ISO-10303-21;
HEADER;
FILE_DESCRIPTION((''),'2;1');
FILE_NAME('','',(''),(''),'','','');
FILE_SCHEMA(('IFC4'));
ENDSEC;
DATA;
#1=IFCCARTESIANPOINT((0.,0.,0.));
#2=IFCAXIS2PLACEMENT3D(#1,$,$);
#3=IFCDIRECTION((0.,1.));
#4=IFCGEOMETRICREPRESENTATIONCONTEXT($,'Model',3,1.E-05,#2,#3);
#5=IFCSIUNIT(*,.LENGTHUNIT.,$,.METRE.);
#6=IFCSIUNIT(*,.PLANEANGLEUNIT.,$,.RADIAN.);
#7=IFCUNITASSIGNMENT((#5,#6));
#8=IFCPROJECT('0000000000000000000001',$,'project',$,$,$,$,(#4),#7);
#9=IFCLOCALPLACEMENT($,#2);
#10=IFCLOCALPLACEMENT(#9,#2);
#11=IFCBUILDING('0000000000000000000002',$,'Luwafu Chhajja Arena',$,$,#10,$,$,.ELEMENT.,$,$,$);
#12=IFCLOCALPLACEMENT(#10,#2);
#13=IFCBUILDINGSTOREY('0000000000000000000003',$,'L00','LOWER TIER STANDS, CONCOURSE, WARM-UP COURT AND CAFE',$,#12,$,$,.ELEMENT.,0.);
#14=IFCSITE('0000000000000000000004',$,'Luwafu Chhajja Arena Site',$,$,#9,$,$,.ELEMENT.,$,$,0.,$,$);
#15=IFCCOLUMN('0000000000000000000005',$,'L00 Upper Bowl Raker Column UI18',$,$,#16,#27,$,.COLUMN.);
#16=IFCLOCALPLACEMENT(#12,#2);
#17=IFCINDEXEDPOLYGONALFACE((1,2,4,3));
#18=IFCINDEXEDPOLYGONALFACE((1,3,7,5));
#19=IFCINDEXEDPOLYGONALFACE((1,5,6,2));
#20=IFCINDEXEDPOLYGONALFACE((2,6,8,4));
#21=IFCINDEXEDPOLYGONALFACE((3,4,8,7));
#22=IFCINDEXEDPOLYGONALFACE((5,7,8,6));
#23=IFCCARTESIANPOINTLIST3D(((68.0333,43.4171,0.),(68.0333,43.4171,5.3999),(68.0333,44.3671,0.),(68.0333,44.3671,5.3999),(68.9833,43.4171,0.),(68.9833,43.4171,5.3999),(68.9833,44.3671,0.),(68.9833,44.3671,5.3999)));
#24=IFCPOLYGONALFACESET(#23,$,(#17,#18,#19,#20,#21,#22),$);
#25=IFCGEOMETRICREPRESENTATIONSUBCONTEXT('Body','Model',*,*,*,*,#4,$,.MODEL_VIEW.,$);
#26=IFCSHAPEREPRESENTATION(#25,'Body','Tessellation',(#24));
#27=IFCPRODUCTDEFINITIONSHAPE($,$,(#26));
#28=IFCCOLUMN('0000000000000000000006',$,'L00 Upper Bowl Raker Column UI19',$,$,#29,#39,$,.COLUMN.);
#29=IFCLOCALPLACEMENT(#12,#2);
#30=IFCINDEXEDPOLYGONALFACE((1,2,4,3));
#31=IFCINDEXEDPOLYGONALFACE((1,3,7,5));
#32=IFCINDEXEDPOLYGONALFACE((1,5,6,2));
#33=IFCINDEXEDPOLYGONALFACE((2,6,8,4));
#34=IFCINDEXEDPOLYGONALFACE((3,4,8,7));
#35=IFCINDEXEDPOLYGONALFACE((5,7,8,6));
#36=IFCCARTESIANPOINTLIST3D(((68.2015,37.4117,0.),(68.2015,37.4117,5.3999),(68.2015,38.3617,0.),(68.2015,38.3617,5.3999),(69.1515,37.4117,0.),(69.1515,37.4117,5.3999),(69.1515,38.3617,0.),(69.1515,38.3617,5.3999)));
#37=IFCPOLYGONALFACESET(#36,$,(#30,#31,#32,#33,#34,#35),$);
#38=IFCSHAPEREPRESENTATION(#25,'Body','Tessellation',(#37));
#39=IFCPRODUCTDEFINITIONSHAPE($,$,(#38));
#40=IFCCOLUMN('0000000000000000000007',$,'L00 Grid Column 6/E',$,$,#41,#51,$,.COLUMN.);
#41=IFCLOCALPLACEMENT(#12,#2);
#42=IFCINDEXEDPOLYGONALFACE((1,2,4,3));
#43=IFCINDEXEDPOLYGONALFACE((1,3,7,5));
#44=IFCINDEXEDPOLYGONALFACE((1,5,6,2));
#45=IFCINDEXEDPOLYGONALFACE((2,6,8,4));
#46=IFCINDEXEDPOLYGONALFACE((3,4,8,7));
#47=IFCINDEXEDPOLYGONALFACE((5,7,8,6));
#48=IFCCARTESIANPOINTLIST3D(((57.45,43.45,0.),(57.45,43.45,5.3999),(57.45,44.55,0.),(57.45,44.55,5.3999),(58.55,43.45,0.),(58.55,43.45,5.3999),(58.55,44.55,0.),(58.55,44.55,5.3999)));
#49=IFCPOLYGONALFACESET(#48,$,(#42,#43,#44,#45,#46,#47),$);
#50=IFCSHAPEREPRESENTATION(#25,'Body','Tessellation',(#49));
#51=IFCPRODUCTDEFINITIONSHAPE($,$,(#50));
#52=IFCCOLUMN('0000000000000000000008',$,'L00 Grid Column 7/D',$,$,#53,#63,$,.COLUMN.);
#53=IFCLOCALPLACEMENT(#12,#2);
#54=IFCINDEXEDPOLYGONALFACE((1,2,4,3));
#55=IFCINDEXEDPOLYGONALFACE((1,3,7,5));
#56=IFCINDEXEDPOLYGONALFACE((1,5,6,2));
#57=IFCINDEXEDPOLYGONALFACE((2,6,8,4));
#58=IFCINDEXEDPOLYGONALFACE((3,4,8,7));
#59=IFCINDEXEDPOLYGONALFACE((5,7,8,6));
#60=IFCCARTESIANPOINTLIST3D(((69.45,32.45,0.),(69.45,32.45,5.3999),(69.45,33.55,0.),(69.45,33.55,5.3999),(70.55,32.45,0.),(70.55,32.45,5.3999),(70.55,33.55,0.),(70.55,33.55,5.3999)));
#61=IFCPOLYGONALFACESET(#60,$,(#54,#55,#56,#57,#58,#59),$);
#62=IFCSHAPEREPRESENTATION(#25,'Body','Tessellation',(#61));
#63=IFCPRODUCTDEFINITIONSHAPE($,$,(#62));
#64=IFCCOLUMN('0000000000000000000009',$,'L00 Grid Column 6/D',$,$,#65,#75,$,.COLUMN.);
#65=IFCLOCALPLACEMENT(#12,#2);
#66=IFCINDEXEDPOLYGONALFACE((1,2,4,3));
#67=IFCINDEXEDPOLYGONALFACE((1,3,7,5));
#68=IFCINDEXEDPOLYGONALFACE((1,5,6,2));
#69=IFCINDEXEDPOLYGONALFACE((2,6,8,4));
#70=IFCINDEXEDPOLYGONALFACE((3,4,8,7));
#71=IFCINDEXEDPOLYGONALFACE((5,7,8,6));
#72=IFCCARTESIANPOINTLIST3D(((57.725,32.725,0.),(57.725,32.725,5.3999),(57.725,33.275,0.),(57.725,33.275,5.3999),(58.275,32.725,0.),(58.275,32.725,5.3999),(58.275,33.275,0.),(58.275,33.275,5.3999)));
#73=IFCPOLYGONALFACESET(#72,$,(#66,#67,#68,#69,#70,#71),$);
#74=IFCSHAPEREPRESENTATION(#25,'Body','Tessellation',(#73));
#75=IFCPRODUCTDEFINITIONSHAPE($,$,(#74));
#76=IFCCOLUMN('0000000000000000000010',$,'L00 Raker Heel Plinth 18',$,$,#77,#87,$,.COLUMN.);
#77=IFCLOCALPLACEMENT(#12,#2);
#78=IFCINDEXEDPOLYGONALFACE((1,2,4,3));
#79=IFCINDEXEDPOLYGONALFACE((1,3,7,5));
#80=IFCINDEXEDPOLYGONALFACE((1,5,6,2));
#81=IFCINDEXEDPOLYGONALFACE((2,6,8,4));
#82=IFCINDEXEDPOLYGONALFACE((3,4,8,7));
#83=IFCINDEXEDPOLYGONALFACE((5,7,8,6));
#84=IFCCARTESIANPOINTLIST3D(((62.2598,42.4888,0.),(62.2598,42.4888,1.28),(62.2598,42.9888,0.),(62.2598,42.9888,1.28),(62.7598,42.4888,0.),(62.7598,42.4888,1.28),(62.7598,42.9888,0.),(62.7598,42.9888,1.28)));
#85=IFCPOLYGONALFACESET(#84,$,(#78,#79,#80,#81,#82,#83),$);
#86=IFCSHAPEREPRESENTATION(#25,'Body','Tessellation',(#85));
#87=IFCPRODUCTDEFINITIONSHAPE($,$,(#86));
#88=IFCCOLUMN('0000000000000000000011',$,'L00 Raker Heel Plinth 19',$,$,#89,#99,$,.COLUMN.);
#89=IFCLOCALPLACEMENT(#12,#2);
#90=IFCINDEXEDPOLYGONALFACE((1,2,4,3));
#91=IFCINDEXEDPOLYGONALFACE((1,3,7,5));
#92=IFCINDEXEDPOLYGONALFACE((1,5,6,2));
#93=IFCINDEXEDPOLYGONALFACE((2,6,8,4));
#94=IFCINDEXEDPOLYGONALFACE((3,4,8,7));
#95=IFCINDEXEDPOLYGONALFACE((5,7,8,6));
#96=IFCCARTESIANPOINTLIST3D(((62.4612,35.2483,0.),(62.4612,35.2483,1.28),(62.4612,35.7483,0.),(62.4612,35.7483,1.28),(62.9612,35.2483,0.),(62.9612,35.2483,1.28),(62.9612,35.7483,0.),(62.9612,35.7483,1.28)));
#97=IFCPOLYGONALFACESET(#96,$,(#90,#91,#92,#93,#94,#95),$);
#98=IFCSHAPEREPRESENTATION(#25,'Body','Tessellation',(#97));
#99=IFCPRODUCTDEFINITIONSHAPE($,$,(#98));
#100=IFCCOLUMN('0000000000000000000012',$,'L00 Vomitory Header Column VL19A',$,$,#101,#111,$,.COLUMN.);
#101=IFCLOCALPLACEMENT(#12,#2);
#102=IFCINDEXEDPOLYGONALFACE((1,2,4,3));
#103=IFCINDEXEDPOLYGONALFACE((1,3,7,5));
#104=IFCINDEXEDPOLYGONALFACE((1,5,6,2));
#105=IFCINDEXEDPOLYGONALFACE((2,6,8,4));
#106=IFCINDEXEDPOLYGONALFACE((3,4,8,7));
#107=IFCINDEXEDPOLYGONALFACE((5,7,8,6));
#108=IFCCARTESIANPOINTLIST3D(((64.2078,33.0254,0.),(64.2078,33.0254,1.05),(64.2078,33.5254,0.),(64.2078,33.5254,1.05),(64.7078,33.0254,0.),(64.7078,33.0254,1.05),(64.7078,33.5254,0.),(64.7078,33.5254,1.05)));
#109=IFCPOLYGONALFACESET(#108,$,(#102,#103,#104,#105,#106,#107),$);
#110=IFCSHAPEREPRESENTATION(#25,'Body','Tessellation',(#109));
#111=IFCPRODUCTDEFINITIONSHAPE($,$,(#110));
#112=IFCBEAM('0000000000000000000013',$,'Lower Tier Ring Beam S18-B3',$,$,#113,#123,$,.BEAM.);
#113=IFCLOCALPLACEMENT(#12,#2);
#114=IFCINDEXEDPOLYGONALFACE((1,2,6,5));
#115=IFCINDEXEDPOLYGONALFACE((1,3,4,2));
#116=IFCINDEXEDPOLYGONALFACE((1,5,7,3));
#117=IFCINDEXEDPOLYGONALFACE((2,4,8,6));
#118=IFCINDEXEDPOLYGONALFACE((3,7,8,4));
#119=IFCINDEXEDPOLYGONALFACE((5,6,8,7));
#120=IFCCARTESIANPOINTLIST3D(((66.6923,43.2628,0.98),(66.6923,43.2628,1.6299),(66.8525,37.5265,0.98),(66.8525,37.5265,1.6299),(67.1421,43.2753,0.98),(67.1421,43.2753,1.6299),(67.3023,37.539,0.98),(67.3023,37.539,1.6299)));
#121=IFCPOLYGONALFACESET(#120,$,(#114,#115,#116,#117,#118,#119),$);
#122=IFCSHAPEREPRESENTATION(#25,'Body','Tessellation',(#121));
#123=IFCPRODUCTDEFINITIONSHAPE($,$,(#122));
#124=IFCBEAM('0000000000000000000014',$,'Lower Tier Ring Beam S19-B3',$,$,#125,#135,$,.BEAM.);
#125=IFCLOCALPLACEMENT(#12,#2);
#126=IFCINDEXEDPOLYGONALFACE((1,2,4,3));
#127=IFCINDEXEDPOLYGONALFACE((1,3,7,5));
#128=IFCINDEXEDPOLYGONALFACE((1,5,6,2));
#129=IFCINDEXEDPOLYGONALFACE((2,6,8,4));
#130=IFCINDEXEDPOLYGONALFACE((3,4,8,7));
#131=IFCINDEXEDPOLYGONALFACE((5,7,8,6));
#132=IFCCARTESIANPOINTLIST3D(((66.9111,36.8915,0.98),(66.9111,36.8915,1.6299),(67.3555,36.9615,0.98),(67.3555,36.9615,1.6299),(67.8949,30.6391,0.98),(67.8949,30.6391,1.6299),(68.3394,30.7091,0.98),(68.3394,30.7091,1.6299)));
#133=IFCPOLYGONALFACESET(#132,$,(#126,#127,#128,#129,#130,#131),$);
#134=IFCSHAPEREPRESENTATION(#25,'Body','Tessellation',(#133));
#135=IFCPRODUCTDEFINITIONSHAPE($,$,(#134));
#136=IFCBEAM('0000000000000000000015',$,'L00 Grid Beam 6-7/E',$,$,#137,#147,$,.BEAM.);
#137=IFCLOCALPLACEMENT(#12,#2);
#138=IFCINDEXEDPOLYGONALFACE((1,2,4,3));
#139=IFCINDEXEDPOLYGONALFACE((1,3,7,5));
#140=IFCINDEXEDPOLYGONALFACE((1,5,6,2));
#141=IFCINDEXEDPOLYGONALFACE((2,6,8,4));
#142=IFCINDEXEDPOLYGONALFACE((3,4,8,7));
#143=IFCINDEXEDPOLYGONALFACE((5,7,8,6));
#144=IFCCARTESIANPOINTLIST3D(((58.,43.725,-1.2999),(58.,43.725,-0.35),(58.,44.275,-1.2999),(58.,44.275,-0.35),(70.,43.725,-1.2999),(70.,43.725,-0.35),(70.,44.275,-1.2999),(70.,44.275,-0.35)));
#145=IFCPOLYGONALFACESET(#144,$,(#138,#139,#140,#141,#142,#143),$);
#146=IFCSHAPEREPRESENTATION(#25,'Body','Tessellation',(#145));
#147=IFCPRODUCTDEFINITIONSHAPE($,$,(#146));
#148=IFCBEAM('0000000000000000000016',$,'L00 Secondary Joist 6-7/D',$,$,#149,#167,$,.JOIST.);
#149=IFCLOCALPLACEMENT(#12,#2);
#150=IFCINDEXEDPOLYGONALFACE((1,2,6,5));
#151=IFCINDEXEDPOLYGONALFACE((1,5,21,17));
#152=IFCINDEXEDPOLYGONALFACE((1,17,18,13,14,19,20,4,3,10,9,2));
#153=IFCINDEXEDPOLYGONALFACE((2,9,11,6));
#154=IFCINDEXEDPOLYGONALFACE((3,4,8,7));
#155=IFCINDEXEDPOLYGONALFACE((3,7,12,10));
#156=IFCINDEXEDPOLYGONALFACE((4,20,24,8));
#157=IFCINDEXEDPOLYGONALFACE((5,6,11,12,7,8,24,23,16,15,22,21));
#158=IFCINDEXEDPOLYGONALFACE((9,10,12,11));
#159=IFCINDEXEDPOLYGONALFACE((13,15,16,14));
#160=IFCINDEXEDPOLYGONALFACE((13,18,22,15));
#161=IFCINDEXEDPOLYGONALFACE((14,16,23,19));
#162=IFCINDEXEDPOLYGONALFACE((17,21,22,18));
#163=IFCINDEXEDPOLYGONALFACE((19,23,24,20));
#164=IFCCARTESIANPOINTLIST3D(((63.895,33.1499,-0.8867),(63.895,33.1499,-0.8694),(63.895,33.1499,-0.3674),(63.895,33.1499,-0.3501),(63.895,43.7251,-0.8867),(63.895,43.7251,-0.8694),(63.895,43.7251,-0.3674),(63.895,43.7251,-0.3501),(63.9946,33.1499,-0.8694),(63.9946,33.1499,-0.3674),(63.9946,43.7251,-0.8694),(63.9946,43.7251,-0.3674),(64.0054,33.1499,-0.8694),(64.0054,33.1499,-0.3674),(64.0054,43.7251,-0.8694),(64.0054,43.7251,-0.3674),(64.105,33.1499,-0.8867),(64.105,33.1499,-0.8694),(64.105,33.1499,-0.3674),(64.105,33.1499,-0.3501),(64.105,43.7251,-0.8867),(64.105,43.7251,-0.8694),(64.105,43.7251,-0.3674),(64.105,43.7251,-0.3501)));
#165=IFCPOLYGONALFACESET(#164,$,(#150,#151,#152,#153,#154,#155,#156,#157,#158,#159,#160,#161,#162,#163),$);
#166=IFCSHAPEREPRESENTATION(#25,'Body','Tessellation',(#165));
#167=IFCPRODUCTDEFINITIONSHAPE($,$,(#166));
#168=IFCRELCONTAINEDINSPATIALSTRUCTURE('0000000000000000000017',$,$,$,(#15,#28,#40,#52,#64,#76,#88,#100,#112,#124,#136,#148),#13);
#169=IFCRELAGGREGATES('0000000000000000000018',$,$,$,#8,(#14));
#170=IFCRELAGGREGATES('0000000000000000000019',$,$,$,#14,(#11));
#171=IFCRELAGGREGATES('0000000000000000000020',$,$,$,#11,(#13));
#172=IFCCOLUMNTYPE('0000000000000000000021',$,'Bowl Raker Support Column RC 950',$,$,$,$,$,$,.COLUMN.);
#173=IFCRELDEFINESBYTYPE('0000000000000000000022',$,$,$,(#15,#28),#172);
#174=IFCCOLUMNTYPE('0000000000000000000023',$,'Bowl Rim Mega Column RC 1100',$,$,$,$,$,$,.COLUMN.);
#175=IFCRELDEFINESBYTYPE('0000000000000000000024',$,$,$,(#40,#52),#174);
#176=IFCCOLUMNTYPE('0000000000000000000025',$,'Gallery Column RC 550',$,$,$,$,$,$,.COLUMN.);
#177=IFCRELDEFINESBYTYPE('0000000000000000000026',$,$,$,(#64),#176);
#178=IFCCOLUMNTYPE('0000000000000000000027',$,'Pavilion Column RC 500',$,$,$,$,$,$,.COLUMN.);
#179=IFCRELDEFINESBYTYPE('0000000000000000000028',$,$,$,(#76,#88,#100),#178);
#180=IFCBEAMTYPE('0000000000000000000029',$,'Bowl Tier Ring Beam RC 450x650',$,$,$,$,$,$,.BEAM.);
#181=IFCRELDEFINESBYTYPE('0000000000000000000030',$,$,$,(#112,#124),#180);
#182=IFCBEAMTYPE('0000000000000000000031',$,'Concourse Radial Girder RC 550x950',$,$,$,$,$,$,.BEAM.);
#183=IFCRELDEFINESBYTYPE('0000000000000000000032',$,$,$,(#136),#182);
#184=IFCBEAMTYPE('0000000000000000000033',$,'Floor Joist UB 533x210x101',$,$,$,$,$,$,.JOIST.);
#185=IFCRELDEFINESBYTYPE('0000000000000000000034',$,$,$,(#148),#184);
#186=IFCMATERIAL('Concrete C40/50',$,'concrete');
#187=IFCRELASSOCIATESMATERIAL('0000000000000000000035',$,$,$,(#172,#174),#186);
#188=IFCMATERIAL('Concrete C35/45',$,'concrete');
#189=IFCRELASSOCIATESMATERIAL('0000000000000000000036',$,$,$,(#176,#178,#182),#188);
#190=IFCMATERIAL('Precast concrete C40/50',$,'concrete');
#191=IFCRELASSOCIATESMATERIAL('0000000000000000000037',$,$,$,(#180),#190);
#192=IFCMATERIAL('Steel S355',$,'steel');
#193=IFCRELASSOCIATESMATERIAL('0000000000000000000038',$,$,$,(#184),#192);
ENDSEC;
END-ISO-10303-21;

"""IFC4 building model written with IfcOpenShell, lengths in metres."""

from ifc_helpers import new_model, si_unit, direction, frame, origin, origin_2d, place, context, subcontext, project, spatial, rectangle, i_section, extrude, material, material_profile, profile_set, type_object, element, save


model = new_model("IFC4")

# Units and contexts
model_context = context("Model", 3, precision=1e-05, world=origin(), true_north=direction((0.0, 1.0)))
body_context = subcontext(model_context, "Body", "Model", "MODEL_VIEW")
ifc_project = project(units=[si_unit("LENGTHUNIT", "METRE"), si_unit("PLANEANGLEUNIT", "RADIAN")], contexts=[model_context])

# Site, building, storey
site_placement = place(None, origin())
site = spatial("IfcSite", under=ifc_project, at=site_placement, Name="Luwafu Chhajja Arena Site", CompositionType="ELEMENT", RefElevation=0.0)
building_placement = place(site_placement, origin())
building = spatial("IfcBuilding", under=site, at=building_placement, Name="Luwafu Chhajja Arena", CompositionType="ELEMENT")
storey_placement = place(building_placement, origin())
storey = spatial("IfcBuildingStorey", under=building, at=storey_placement, Name="L00", Description="LOWER TIER STANDS, CONCOURSE, WARM-UP COURT AND CAFE", CompositionType="ELEMENT", Elevation=0.0)

# Columns
ifc_material_1 = material(Name="Concrete C40/50", Category="concrete")
ifc_material_profile_1 = material_profile(ifc_material_1, rectangle(XDim=0.95, YDim=0.95, at=origin_2d()), Name="RC 950x950")
ifc_profile_set_1 = profile_set([ifc_material_profile_1], Name="Concrete C40/50")
column_type_1 = type_object("IfcColumnType", Name="Bowl Raker Support Column RC 950", PredefinedType="COLUMN", material=ifc_profile_set_1)
for number, where, z_axis, x_axis, name in (
    (1, (68.5083, 43.8921, 0.0), (0.0, 0.0, 1.0), (1.0, 0.0, 0.0), "L00 Upper Bowl Raker Column UI18"),
    (2, (68.6765, 37.8867, 0.0), (0.0, 0.0, 1.0), (1.0, 0.0, 0.0), "L00 Upper Bowl Raker Column UI19"),
):
    element("IfcColumn", number, at=place(storey_placement, frame(where, z_axis=z_axis, x_axis=x_axis)), inside=storey, type_object=column_type_1, Name=name, PredefinedType="COLUMN", context=body_context, shape_type="SweptSolid", body=[
        extrude(rectangle(XDim=0.95, YDim=0.95, at=origin_2d()), origin(), (0.0, 0.0, 1.0), 5.3999),
    ])
ifc_material_profile_2 = material_profile(ifc_material_1, rectangle(XDim=1.1001, YDim=1.1001, at=origin_2d()), Name="RC 1100x1100")
ifc_profile_set_2 = profile_set([ifc_material_profile_2], Name="Concrete C40/50")
column_type_2 = type_object("IfcColumnType", Name="Bowl Rim Mega Column RC 1100", PredefinedType="COLUMN", material=ifc_profile_set_2)
for number, where, z_axis, x_axis, name in (
    (3, (58.0, 44.0, 0.0), (0.0, 0.0, 1.0), (1.0, 0.0, 0.0), "L00 Grid Column 6/E"),
    (4, (70.0, 33.0, 0.0), (0.0, 0.0, 1.0), (1.0, 0.0, 0.0), "L00 Grid Column 7/D"),
):
    element("IfcColumn", number, at=place(storey_placement, frame(where, z_axis=z_axis, x_axis=x_axis)), inside=storey, type_object=column_type_2, Name=name, PredefinedType="COLUMN", context=body_context, shape_type="SweptSolid", body=[
        extrude(rectangle(XDim=1.1001, YDim=1.1001, at=origin_2d()), origin(), (0.0, 0.0, 1.0), 5.3999),
    ])
ifc_material_2 = material(Name="Concrete C35/45", Category="concrete")
ifc_material_profile_3 = material_profile(ifc_material_2, rectangle(XDim=0.55, YDim=0.55, at=origin_2d()), Name="RC 550x550")
ifc_profile_set_3 = profile_set([ifc_material_profile_3], Name="Concrete C35/45")
column_type_3 = type_object("IfcColumnType", Name="Gallery Column RC 550", PredefinedType="COLUMN", material=ifc_profile_set_3)
column_1_placement = place(storey_placement, frame((58.0, 33.0, 0.0), z_axis=(0.0, 0.0, 1.0), x_axis=(1.0, 0.0, 0.0)))
element("IfcColumn", 5, at=column_1_placement, inside=storey, type_object=column_type_3, Name="L00 Grid Column 6/D", PredefinedType="COLUMN", context=body_context, shape_type="SweptSolid", body=[
    extrude(rectangle(XDim=0.55, YDim=0.55, at=origin_2d()), origin(), (0.0, 0.0, 1.0), 5.3999),
])
ifc_material_profile_4 = material_profile(ifc_material_2, rectangle(XDim=0.5, YDim=0.5, at=origin_2d()), Name="RC 500x500")
ifc_profile_set_4 = profile_set([ifc_material_profile_4], Name="Concrete C35/45")
column_type_4 = type_object("IfcColumnType", Name="Pavilion Column RC 500", PredefinedType="COLUMN", material=ifc_profile_set_4)
for number, where, z_axis, x_axis, name in (
    (6, (62.5098, 42.7388, 0.0), (0.0, 0.0, 1.0), (1.0, 0.0, 0.0), "L00 Raker Heel Plinth 18"),
    (7, (62.7112, 35.4983, 0.0), (0.0, 0.0, 1.0), (1.0, 0.0, 0.0), "L00 Raker Heel Plinth 19"),
):
    element("IfcColumn", number, at=place(storey_placement, frame(where, z_axis=z_axis, x_axis=x_axis)), inside=storey, type_object=column_type_4, Name=name, PredefinedType="COLUMN", context=body_context, shape_type="SweptSolid", body=[
        extrude(rectangle(XDim=0.5, YDim=0.5, at=origin_2d()), origin(), (0.0, 0.0, 1.0), 1.28),
    ])
column_2_placement = place(storey_placement, frame((64.4578, 33.2754, 0.0), z_axis=(0.0, 0.0, 1.0), x_axis=(1.0, 0.0, 0.0)))
element("IfcColumn", 8, at=column_2_placement, inside=storey, type_object=column_type_4, Name="L00 Vomitory Header Column VL19A", PredefinedType="COLUMN", context=body_context, shape_type="SweptSolid", body=[
    extrude(rectangle(XDim=0.5, YDim=0.5, at=origin_2d()), origin(), (0.0, 0.0, 1.0), 1.05),
])

# Beams
ifc_material_3 = material(Name="Precast concrete C40/50", Category="concrete")
ifc_material_profile_5 = material_profile(ifc_material_3, rectangle(XDim=0.45, YDim=0.6499, at=origin_2d()), Name="RC 450x650")
ifc_profile_set_5 = profile_set([ifc_material_profile_5], Name="Precast concrete C40/50")
beam_type_1 = type_object("IfcBeamType", Name="Bowl Tier Ring Beam RC 450x650", PredefinedType="BEAM", material=ifc_profile_set_5)
beam_1_placement = place(storey_placement, frame((66.9172, 43.269, 1.3049), z_axis=(0.027909, -0.99961, 0.0), x_axis=(0.99961, 0.027909, 0.0)))
element("IfcBeam", 9, at=beam_1_placement, inside=storey, type_object=beam_type_1, Name="Lower Tier Ring Beam S18-B3", PredefinedType="BEAM", context=body_context, shape_type="SweptSolid", body=[
    extrude(rectangle(XDim=0.45, YDim=0.6499, at=origin_2d()), origin(), (0.0, 0.0, 1.0), 5.7385),
])
beam_2_placement = place(storey_placement, frame((67.1333, 36.9265, 1.3049), z_axis=(0.155448, -0.987844, 0.0), x_axis=(0.987844, 0.155448, 0.0)))
element("IfcBeam", 10, at=beam_2_placement, inside=storey, type_object=beam_type_1, Name="Lower Tier Ring Beam S19-B3", PredefinedType="BEAM", context=body_context, shape_type="SweptSolid", body=[
    extrude(rectangle(XDim=0.45, YDim=0.6499, at=origin_2d()), origin(), (0.0, 0.0, 1.0), 6.3293),
])
ifc_material_profile_6 = material_profile(ifc_material_2, rectangle(XDim=0.55, YDim=0.95, at=origin_2d()), Name="RC 550x950")
ifc_profile_set_6 = profile_set([ifc_material_profile_6], Name="Concrete C35/45")
beam_type_2 = type_object("IfcBeamType", Name="Concourse Radial Girder RC 550x950", PredefinedType="BEAM", material=ifc_profile_set_6)
beam_3_placement = place(storey_placement, frame((58.0, 44.0, -0.825), z_axis=(1.0, 0.0, 0.0), x_axis=(0.0, 1.0, 0.0)))
element("IfcBeam", 11, at=beam_3_placement, inside=storey, type_object=beam_type_2, Name="L00 Grid Beam 6-7/E", PredefinedType="BEAM", context=body_context, shape_type="SweptSolid", body=[
    extrude(rectangle(XDim=0.55, YDim=0.95, at=origin_2d()), origin(), (0.0, 0.0, 1.0), 12.0),
])
ifc_material_4 = material(Name="Steel S355", Category="steel")
ifc_material_profile_7 = material_profile(ifc_material_4, i_section(OverallWidth=0.21, OverallDepth=0.5366, WebThickness=0.0107, FlangeThickness=0.0173, at=origin_2d()), Name="UB 533x210x101")
ifc_profile_set_7 = profile_set([ifc_material_profile_7], Name="Steel S355")
beam_type_3 = type_object("IfcBeamType", Name="Floor Joist UB 533x210x101", PredefinedType="JOIST", material=ifc_profile_set_7)
beam_4_placement = place(storey_placement, frame((64.0, 33.1499, -0.6184), z_axis=(0.0, 1.0, 0.0), x_axis=(-1.0, 0.0, 0.0)))
element("IfcBeam", 12, at=beam_4_placement, inside=storey, type_object=beam_type_3, Name="L00 Secondary Joist 6-7/D", PredefinedType="JOIST", context=body_context, shape_type="SweptSolid", body=[
    extrude(i_section(OverallWidth=0.21, OverallDepth=0.5366, WebThickness=0.0107, FlangeThickness=0.0173, at=origin_2d()), origin(), (0.0, 0.0, 1.0), 10.5752),
])

save(model, "model.ifc")
